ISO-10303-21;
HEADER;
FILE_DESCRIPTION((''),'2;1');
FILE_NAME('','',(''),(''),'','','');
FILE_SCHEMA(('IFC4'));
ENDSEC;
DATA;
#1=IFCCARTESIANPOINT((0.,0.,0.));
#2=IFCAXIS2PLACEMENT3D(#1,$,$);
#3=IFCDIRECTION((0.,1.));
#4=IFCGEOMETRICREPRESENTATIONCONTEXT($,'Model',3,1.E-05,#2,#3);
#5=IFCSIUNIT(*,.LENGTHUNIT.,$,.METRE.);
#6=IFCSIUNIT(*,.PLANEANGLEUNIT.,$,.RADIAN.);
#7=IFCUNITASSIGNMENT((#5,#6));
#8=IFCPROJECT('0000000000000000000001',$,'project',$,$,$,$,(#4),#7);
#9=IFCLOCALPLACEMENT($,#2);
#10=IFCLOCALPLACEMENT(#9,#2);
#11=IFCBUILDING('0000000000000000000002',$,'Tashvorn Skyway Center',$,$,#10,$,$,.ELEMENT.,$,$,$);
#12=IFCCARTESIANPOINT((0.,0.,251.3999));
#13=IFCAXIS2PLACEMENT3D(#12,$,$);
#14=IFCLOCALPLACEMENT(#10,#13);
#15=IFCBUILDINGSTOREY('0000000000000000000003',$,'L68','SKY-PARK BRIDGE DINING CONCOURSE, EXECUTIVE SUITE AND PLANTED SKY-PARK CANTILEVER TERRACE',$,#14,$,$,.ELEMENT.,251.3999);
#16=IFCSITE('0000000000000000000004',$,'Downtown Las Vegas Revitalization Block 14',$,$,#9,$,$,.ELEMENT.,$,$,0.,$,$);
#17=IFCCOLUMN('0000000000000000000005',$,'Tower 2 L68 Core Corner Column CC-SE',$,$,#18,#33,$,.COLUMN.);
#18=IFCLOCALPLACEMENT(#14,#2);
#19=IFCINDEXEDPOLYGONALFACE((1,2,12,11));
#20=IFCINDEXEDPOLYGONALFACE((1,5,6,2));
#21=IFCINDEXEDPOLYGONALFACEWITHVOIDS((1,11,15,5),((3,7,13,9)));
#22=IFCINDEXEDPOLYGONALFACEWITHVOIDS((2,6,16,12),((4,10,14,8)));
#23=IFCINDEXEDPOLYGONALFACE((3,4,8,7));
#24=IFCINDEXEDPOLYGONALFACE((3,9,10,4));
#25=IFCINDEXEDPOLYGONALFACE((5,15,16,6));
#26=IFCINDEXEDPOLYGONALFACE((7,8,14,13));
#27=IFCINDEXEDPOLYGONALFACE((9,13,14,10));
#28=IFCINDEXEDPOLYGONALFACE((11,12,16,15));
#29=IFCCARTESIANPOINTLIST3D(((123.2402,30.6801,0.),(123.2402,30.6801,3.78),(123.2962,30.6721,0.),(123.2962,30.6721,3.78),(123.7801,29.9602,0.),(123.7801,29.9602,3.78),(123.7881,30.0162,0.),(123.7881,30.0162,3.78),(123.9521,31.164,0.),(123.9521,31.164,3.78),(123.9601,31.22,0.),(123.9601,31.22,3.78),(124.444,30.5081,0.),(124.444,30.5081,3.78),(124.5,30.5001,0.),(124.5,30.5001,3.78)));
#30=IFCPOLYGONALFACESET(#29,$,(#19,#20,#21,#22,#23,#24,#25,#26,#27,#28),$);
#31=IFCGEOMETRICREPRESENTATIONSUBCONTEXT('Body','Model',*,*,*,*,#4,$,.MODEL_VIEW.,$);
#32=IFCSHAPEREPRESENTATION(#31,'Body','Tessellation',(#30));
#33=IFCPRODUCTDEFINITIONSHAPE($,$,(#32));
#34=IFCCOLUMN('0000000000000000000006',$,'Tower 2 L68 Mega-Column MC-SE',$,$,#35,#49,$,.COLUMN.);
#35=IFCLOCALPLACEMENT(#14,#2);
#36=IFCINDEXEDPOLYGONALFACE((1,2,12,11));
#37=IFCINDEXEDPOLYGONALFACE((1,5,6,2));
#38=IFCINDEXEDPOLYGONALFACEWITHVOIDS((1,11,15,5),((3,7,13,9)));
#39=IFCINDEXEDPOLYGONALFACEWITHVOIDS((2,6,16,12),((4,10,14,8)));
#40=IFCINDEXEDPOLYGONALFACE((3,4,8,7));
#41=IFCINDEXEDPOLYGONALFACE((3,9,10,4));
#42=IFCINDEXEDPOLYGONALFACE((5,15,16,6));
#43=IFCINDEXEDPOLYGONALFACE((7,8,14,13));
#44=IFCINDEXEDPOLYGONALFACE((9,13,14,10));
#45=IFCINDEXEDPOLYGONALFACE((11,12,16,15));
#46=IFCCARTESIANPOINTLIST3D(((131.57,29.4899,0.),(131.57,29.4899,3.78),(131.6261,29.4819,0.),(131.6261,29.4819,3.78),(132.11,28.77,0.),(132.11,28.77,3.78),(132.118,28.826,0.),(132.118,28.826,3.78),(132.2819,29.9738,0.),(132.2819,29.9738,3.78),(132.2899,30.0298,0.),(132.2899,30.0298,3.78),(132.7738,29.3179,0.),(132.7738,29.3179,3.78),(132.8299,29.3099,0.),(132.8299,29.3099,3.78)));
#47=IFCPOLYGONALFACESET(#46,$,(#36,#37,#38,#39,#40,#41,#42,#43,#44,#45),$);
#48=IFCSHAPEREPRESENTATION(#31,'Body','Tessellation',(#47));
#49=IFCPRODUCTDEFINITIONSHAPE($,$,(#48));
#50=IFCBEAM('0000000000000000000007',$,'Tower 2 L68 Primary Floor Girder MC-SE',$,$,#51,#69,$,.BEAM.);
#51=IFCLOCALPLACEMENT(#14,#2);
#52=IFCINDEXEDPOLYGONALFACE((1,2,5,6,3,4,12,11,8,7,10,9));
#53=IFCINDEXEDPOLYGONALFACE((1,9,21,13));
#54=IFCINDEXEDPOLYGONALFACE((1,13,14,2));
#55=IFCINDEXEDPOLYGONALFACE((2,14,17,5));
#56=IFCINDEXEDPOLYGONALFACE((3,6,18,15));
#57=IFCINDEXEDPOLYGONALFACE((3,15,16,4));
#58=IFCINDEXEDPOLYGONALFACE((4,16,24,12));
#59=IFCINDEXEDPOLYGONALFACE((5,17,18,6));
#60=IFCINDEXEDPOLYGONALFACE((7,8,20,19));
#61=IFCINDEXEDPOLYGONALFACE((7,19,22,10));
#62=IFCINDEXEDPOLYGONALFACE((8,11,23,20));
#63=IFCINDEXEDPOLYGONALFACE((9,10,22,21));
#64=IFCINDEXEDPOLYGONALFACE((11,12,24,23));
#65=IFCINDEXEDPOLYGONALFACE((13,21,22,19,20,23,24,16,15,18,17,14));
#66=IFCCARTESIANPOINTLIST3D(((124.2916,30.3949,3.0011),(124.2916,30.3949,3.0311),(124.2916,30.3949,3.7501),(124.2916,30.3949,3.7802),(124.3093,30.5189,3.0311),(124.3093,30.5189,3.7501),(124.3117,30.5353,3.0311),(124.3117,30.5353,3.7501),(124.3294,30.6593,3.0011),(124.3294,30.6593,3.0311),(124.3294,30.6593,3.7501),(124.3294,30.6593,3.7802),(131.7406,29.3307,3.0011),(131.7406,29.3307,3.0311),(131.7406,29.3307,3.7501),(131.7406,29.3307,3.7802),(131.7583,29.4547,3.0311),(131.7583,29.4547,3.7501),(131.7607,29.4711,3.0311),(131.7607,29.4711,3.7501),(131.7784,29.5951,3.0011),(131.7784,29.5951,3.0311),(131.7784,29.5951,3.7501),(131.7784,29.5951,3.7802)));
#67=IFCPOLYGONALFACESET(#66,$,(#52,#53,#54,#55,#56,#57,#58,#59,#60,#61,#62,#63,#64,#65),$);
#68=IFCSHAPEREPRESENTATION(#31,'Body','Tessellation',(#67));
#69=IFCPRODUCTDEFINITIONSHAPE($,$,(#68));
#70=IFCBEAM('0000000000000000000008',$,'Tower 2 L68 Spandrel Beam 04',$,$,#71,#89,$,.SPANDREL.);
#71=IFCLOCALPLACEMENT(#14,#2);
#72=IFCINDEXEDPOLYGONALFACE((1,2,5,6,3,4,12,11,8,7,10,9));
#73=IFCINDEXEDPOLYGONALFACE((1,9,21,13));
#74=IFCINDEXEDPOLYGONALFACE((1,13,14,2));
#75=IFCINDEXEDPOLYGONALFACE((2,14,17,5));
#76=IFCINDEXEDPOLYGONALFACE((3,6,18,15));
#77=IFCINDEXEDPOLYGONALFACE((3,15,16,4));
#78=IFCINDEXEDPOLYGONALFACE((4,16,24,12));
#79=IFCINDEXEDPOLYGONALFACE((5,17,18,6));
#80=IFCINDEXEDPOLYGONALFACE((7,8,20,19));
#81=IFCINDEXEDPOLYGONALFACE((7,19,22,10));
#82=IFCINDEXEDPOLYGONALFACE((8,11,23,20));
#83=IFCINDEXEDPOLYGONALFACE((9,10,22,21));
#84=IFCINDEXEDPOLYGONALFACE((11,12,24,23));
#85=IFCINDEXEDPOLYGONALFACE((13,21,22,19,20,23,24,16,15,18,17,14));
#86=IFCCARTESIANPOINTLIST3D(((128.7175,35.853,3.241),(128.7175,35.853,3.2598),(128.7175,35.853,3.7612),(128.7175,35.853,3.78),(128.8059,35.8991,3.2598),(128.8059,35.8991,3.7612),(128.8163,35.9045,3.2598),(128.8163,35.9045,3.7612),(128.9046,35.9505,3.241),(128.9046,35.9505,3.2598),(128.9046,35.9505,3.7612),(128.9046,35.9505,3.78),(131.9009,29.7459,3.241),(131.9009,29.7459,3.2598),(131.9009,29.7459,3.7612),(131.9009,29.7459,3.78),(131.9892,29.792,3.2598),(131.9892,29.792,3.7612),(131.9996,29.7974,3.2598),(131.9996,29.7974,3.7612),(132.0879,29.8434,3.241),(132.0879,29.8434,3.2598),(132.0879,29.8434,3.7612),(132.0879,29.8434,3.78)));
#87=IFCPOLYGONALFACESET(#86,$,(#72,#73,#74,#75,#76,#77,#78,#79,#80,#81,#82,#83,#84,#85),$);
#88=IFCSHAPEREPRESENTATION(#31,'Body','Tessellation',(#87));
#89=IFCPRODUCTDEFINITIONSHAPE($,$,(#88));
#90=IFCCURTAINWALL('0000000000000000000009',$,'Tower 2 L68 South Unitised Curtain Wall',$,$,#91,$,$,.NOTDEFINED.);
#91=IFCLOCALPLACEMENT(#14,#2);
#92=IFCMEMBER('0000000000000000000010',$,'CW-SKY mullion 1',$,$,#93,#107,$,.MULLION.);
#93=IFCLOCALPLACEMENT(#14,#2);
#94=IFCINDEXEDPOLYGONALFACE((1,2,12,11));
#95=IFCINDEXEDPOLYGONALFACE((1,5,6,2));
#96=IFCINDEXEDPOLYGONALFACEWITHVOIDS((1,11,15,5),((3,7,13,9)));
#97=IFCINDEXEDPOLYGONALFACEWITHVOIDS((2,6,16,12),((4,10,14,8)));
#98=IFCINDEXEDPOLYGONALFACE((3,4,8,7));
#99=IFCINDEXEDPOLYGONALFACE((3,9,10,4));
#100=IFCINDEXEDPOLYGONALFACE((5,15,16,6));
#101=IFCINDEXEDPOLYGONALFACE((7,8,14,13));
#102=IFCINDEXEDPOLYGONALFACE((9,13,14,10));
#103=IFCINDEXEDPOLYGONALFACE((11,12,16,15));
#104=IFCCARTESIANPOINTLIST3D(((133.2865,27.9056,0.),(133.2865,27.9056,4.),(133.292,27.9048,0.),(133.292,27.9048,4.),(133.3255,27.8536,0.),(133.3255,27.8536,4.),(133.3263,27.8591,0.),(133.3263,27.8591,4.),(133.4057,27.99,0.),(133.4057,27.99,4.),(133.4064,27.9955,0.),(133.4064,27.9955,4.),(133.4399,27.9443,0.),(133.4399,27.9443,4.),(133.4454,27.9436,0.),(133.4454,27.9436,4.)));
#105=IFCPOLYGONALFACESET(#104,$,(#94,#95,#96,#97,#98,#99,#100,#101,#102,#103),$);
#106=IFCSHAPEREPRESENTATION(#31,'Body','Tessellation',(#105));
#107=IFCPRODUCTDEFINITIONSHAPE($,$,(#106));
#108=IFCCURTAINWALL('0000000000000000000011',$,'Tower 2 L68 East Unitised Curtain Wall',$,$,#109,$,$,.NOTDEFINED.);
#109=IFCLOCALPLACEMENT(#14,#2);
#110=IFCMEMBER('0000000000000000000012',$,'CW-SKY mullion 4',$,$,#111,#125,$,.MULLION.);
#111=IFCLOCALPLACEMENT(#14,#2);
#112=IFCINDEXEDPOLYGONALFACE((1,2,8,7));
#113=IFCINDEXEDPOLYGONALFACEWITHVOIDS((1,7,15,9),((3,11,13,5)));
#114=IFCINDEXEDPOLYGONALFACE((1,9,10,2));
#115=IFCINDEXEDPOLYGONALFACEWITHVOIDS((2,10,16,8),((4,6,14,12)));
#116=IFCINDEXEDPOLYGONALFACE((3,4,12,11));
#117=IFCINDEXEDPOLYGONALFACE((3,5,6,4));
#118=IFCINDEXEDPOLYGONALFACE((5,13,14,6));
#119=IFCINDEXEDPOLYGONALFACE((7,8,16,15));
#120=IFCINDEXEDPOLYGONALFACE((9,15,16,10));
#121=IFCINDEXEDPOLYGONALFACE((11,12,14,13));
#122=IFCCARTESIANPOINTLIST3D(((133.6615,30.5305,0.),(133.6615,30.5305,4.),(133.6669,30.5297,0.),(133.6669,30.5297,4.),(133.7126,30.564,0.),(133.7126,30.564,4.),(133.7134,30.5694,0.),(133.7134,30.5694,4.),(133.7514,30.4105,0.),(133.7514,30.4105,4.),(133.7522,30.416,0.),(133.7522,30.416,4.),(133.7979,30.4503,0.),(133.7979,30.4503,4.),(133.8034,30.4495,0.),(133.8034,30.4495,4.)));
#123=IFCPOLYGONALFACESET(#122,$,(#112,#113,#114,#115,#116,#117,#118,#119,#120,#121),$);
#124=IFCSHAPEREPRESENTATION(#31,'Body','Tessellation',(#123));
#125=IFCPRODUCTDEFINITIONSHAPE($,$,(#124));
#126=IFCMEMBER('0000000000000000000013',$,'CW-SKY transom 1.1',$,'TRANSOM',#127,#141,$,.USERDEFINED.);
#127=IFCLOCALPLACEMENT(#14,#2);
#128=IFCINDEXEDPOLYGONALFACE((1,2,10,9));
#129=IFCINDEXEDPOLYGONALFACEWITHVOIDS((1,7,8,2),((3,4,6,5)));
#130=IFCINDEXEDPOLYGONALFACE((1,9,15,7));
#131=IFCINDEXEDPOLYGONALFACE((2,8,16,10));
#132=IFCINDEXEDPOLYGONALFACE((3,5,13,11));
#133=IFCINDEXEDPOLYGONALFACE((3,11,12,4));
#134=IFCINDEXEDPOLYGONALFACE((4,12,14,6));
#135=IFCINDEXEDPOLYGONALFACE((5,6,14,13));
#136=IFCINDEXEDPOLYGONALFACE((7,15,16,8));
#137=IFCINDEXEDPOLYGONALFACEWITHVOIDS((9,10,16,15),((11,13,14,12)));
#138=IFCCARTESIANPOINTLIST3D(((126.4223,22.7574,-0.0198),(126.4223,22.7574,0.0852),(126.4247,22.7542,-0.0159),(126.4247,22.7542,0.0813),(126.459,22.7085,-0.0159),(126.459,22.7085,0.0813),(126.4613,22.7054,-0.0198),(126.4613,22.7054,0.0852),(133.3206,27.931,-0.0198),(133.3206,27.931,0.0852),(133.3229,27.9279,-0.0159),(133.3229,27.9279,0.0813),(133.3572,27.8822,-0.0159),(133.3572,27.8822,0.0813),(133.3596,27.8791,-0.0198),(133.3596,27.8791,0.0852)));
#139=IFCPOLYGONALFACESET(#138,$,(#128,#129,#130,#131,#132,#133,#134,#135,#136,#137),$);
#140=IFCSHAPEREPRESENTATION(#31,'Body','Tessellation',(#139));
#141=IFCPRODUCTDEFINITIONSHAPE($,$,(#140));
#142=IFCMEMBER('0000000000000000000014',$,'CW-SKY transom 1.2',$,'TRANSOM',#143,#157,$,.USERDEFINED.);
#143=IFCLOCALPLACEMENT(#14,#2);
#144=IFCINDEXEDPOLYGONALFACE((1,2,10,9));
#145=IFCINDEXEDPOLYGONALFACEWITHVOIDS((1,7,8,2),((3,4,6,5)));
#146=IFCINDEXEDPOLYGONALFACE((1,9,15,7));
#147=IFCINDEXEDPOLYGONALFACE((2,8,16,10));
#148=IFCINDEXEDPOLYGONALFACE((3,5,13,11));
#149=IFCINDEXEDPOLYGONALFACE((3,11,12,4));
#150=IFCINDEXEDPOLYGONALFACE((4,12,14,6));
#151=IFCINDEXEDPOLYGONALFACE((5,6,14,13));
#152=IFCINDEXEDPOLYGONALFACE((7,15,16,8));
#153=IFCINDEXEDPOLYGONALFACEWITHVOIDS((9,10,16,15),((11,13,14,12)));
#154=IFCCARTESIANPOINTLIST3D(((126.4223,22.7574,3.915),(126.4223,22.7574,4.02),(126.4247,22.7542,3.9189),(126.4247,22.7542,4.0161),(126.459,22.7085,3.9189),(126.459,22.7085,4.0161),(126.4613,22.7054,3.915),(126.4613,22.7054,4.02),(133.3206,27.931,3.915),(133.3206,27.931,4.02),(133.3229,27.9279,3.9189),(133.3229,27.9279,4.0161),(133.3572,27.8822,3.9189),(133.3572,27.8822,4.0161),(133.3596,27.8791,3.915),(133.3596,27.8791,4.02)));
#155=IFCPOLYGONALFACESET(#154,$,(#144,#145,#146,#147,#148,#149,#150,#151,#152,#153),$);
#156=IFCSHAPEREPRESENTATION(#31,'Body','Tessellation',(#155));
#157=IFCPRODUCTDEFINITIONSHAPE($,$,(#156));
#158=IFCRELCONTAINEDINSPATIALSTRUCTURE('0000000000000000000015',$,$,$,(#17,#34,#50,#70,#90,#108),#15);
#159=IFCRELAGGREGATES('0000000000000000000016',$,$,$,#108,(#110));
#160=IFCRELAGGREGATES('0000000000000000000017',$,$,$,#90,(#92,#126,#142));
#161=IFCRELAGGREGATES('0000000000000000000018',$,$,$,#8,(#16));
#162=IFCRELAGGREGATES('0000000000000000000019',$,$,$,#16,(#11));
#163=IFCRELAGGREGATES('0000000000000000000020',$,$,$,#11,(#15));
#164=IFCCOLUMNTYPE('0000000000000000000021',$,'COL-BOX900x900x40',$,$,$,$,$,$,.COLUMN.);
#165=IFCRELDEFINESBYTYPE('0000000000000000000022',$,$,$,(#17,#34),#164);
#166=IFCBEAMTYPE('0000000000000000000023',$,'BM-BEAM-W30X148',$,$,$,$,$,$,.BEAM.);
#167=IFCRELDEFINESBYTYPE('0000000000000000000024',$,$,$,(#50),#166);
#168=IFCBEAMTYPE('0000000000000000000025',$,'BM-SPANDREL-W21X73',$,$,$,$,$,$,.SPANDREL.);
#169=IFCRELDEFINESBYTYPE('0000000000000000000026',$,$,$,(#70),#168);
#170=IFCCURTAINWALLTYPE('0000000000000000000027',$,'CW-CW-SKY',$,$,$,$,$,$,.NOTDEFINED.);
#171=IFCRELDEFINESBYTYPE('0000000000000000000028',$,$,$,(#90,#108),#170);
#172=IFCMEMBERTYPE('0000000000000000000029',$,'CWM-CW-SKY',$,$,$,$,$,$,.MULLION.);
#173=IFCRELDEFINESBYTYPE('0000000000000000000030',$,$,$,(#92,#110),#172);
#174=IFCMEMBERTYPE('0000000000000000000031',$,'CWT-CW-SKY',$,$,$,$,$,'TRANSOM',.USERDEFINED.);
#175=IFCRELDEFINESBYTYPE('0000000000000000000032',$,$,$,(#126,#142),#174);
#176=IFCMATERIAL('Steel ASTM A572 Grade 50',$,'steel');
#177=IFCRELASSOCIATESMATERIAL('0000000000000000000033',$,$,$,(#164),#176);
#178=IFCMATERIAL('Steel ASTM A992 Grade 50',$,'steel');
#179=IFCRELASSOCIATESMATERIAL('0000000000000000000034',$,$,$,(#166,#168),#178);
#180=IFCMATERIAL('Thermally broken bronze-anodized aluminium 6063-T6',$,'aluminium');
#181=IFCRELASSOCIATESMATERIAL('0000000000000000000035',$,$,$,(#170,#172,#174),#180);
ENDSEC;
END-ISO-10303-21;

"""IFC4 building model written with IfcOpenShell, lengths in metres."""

from ifc_helpers import new_model, si_unit, direction, frame, origin, origin_2d, place, context, subcontext, project, spatial, hollow_rectangle, i_section, extrude, material, material_profile, profile_set, type_object, element, aggregate, save


model = new_model("IFC4")

# Units and contexts
model_context = context("Model", 3, precision=1e-05, world=origin(), true_north=direction((0.0, 1.0)))
body_context = subcontext(model_context, "Body", "Model", "MODEL_VIEW")
ifc_project = project(units=[si_unit("LENGTHUNIT", "METRE"), si_unit("PLANEANGLEUNIT", "RADIAN")], contexts=[model_context])

# Site, building, storey
site_placement = place(None, origin())
site = spatial("IfcSite", under=ifc_project, at=site_placement, Name="Downtown Las Vegas Revitalization Block 14", CompositionType="ELEMENT", RefElevation=0.0)
building_placement = place(site_placement, origin())
building = spatial("IfcBuilding", under=site, at=building_placement, Name="Tashvorn Skyway Center", CompositionType="ELEMENT")
storey_placement = place(building_placement, frame((0.0, 0.0, 251.3999)))
storey = spatial("IfcBuildingStorey", under=building, at=storey_placement, Name="L68", Description="SKY-PARK BRIDGE DINING CONCOURSE, EXECUTIVE SUITE AND PLANTED SKY-PARK CANTILEVER TERRACE", CompositionType="ELEMENT", Elevation=251.3999)

# Columns
ifc_material_1 = material(Name="Steel ASTM A572 Grade 50", Category="steel")
ifc_material_profile_1 = material_profile(ifc_material_1, hollow_rectangle(XDim=0.8999, YDim=0.8999, WallThickness=0.04, at=origin_2d()), Name="BOX900x900x40")
ifc_profile_set_1 = profile_set([ifc_material_profile_1], Name="Steel ASTM A572 Grade 50")
column_type = type_object("IfcColumnType", Name="COL-BOX900x900x40", PredefinedType="COLUMN", material=ifc_profile_set_1)
for number, where, z_axis, x_axis, name in (
    (1, (123.8701, 30.5901, 0.0), (0.0, 0.0, 1.0), (0.8, 0.6, 0.0), "Tower 2 L68 Core Corner Column CC-SE"),
    (2, (132.2, 29.3999, 0.0), (0.0, 0.0, 1.0), (0.8, 0.6, 0.0), "Tower 2 L68 Mega-Column MC-SE"),
):
    element("IfcColumn", number, at=place(storey_placement, frame(where, z_axis=z_axis, x_axis=x_axis)), inside=storey, type_object=column_type, Name=name, PredefinedType="COLUMN", context=body_context, shape_type="SweptSolid", body=[
        extrude(hollow_rectangle(XDim=0.8999, YDim=0.8999, WallThickness=0.04, at=origin_2d()), origin(), (0.0, 0.0, 1.0), 3.78),
    ])

# Beams
ifc_material_2 = material(Name="Steel ASTM A992 Grade 50", Category="steel")
ifc_material_profile_2 = material_profile(ifc_material_2, i_section(OverallWidth=0.2671, OverallDepth=0.7791, WebThickness=0.0166, FlangeThickness=0.03, at=origin_2d()), Name="W30X148")
ifc_profile_set_2 = profile_set([ifc_material_profile_2], Name="Steel ASTM A992 Grade 50")
beam_type_1 = type_object("IfcBeamType", Name="BM-BEAM-W30X148", PredefinedType="BEAM", material=ifc_profile_set_2)
beam_1_placement = place(storey_placement, frame((131.7595, 29.4629, 3.3906), z_axis=(-0.989948, 0.14143, 0.0), x_axis=(-0.14143, -0.989948, 0.0)))
element("IfcBeam", 3, at=beam_1_placement, inside=storey, type_object=beam_type_1, Name="Tower 2 L68 Primary Floor Girder MC-SE", PredefinedType="BEAM", context=body_context, shape_type="SweptSolid", body=[
    extrude(i_section(OverallWidth=0.2671, OverallDepth=0.7791, WebThickness=0.0166, FlangeThickness=0.03, at=origin_2d()), origin(), (0.0, 0.0, 1.0), 7.5247),
])
ifc_material_profile_3 = material_profile(ifc_material_2, i_section(OverallWidth=0.2109, OverallDepth=0.5391, WebThickness=0.0117, FlangeThickness=0.0188, at=origin_2d()), Name="W21X73")
ifc_profile_set_3 = profile_set([ifc_material_profile_3], Name="Steel ASTM A992 Grade 50")
beam_type_2 = type_object("IfcBeamType", Name="BM-SPANDREL-W21X73", PredefinedType="SPANDREL", material=ifc_profile_set_3)
beam_2_placement = place(storey_placement, frame((131.9944, 29.7947, 3.5105), z_axis=(-0.462223, 0.886764, 0.0), x_axis=(-0.886764, -0.462223, 0.0)))
element("IfcBeam", 4, at=beam_2_placement, inside=storey, type_object=beam_type_2, Name="Tower 2 L68 Spandrel Beam 04", PredefinedType="SPANDREL", context=body_context, shape_type="SweptSolid", body=[
    extrude(i_section(OverallWidth=0.2109, OverallDepth=0.5391, WebThickness=0.0117, FlangeThickness=0.0188, at=origin_2d()), origin(), (0.0, 0.0, 1.0), 6.887),
])

# Curtain walls, members
ifc_material_3 = material(Name="Thermally broken bronze-anodized aluminium 6063-T6", Category="aluminium")
curtain_wall_type = type_object("IfcCurtainWallType", Name="CW-CW-SKY", PredefinedType="NOTDEFINED", material=ifc_material_3)
curtain_wall_1_placement = place(storey_placement, origin())
curtain_wall_1 = element("IfcCurtainWall", 5, at=curtain_wall_1_placement, inside=storey, type_object=curtain_wall_type, Name="Tower 2 L68 South Unitised Curtain Wall", PredefinedType="NOTDEFINED")
ifc_material_profile_4 = material_profile(ifc_material_3, hollow_rectangle(XDim=0.0649, YDim=0.1499, WallThickness=0.0039, at=origin_2d()), Name="ALU-MULL-65x150")
ifc_profile_set_4 = profile_set([ifc_material_profile_4], Name="Thermally broken bronze-anodized aluminium 6063-T6")
member_type_1 = type_object("IfcMemberType", Name="CWM-CW-SKY", PredefinedType="MULLION", material=ifc_profile_set_4)
member_1_placement = place(storey_placement, frame((133.366, 27.9246, 0.0), z_axis=(0.0, 0.0, 1.0), x_axis=(0.6, -0.8, 0.0)))
member_1 = element("IfcMember", 6, at=member_1_placement, type_object=member_type_1, Name="CW-SKY mullion 1", PredefinedType="MULLION", context=body_context, shape_type="SweptSolid", body=[
    extrude(hollow_rectangle(XDim=0.0649, YDim=0.1499, WallThickness=0.0039, at=origin_2d()), origin(), (0.0, 0.0, 1.0), 4.0),
])
curtain_wall_2_placement = place(storey_placement, origin())
curtain_wall_2 = element("IfcCurtainWall", 7, at=curtain_wall_2_placement, inside=storey, type_object=curtain_wall_type, Name="Tower 2 L68 East Unitised Curtain Wall", PredefinedType="NOTDEFINED")
member_2_placement = place(storey_placement, frame((133.7324, 30.49, 0.0), z_axis=(0.0, 0.0, 1.0), x_axis=(0.8, 0.6, 0.0)))
member_2 = element("IfcMember", 8, at=member_2_placement, type_object=member_type_1, Name="CW-SKY mullion 4", PredefinedType="MULLION", context=body_context, shape_type="SweptSolid", body=[
    extrude(hollow_rectangle(XDim=0.0649, YDim=0.1499, WallThickness=0.0039, at=origin_2d()), origin(), (0.0, 0.0, 1.0), 4.0),
])
aggregate(curtain_wall_2, [member_2])

# Members
ifc_material_profile_5 = material_profile(ifc_material_3, hollow_rectangle(XDim=0.0649, YDim=0.105, WallThickness=0.0039, at=origin_2d()), Name="ALU-TRAN-65x105")
ifc_profile_set_5 = profile_set([ifc_material_profile_5], Name="Thermally broken bronze-anodized aluminium 6063-T6")
member_type_2 = type_object("IfcMemberType", Name="CWT-CW-SKY", ElementType="TRANSOM", PredefinedType="USERDEFINED", material=ifc_profile_set_5)
member_3_placement = place(storey_placement, frame((133.3401, 27.905, 0.0327), z_axis=(-0.800003, -0.599995, 0.0), x_axis=(0.599995, -0.800003, 0.0)))
member_3 = element("IfcMember", 9, at=member_3_placement, type_object=member_type_2, Name="CW-SKY transom 1.1", ObjectType="TRANSOM", PredefinedType="USERDEFINED", context=body_context, shape_type="SweptSolid", body=[
    extrude(hollow_rectangle(XDim=0.0649, YDim=0.105, WallThickness=0.0039, at=origin_2d()), origin(), (0.0, 0.0, 1.0), 8.6228),
])
member_4_placement = place(storey_placement, frame((133.3401, 27.905, 3.9675), z_axis=(-0.800003, -0.599995, 0.0), x_axis=(0.599995, -0.800003, 0.0)))
member_4 = element("IfcMember", 10, at=member_4_placement, type_object=member_type_2, Name="CW-SKY transom 1.2", ObjectType="TRANSOM", PredefinedType="USERDEFINED", context=body_context, shape_type="SweptSolid", body=[
    extrude(hollow_rectangle(XDim=0.0649, YDim=0.105, WallThickness=0.0039, at=origin_2d()), origin(), (0.0, 0.0, 1.0), 8.6228),
])
aggregate(curtain_wall_1, [member_1, member_3, member_4])

save(model, "model.ifc")
